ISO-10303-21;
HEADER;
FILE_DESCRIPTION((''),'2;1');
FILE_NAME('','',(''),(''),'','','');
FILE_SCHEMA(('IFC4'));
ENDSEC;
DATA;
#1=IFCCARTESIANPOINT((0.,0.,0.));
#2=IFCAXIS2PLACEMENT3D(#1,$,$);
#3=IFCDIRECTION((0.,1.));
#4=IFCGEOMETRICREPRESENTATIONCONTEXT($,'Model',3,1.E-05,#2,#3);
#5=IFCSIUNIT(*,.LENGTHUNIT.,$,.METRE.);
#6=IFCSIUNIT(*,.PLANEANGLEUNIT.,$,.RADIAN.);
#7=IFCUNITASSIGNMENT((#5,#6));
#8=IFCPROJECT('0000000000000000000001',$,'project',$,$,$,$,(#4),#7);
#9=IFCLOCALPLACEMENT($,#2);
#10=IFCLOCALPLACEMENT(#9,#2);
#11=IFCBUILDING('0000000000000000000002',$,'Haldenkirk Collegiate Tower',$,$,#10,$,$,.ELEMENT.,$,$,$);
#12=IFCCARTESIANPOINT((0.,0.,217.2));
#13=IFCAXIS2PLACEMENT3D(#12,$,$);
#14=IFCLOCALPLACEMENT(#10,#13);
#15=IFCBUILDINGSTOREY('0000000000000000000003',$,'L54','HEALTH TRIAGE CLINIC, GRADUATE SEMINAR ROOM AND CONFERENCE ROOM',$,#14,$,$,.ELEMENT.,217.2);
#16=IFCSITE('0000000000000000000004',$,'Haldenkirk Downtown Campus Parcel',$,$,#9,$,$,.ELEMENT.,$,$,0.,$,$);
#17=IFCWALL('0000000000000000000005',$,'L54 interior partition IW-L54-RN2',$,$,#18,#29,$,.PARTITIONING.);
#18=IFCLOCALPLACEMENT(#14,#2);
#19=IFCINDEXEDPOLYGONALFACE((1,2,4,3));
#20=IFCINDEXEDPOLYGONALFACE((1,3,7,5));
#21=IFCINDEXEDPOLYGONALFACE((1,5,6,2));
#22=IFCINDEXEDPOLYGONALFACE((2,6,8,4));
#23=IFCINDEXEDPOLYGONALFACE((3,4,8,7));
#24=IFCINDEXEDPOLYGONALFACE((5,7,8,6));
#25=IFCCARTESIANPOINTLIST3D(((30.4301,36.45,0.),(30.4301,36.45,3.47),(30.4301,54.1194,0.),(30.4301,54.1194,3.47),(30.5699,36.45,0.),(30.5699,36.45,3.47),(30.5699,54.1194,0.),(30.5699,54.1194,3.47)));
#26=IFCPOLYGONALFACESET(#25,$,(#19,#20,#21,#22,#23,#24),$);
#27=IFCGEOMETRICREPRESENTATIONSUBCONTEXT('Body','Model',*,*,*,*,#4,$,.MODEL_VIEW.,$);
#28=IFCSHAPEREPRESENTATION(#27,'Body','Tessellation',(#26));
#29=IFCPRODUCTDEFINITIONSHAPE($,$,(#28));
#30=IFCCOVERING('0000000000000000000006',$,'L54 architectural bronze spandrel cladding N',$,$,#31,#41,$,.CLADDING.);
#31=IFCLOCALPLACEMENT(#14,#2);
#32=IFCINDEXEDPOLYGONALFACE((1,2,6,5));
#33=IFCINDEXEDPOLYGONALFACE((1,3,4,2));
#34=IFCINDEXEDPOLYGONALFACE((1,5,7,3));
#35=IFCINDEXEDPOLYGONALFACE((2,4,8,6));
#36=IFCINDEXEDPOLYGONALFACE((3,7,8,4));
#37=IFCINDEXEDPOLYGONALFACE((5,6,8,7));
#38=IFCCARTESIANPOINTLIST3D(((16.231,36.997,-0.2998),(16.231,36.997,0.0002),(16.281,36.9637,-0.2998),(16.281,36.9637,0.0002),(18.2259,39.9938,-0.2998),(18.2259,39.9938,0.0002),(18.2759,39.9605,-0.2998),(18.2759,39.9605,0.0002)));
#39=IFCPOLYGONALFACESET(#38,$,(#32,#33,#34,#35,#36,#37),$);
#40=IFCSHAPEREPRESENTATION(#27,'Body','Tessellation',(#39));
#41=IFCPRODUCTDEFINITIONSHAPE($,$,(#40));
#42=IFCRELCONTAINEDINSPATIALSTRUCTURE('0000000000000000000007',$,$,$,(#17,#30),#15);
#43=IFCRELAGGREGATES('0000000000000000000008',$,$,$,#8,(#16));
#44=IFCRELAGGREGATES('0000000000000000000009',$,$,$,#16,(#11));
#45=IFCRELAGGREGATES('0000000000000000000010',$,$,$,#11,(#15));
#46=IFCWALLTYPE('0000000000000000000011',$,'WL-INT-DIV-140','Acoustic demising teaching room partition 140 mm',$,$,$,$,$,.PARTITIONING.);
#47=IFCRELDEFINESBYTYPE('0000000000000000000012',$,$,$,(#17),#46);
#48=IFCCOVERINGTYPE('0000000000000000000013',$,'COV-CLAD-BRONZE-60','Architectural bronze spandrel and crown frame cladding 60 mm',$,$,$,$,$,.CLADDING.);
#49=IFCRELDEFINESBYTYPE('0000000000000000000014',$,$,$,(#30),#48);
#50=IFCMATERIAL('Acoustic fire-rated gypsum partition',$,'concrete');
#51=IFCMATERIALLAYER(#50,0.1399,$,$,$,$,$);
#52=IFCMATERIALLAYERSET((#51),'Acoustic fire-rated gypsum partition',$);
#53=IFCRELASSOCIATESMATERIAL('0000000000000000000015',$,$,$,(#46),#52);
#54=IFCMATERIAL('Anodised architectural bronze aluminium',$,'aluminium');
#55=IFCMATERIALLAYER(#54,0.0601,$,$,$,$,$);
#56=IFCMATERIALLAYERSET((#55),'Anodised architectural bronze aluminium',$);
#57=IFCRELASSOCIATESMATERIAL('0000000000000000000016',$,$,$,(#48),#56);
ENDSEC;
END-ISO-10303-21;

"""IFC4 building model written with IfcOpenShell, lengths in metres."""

from ifc_helpers import new_model, si_unit, direction, frame, frame_2d, origin, origin_2d, place, context, subcontext, project, spatial, rectangle, extrude, source, transform, mapped, material, layer, layer_set, type_object, element, save


model = new_model("IFC4")

# Units and contexts
model_context = context("Model", 3, precision=1e-05, world=origin(), true_north=direction((0.0, 1.0)))
body_context = subcontext(model_context, "Body", "Model", "MODEL_VIEW")
ifc_project = project(units=[si_unit("LENGTHUNIT", "METRE"), si_unit("PLANEANGLEUNIT", "RADIAN")], contexts=[model_context])

# Site, building, storey
site_placement = place(None, origin())
site = spatial("IfcSite", under=ifc_project, at=site_placement, Name="Haldenkirk Downtown Campus Parcel", CompositionType="ELEMENT", RefElevation=0.0)
building_placement = place(site_placement, origin())
building = spatial("IfcBuilding", under=site, at=building_placement, Name="Haldenkirk Collegiate Tower", CompositionType="ELEMENT")
storey_placement = place(building_placement, frame((0.0, 0.0, 217.2)))
storey = spatial("IfcBuildingStorey", under=building, at=storey_placement, Name="L54", Description="HEALTH TRIAGE CLINIC, GRADUATE SEMINAR ROOM AND CONFERENCE ROOM", CompositionType="ELEMENT", Elevation=217.2)

# Shared definitions
ifc_material_1 = material(Name="Anodised architectural bronze aluminium", Category="aluminium")

# Shared definitions
ifc_material_2 = material(Name="Acoustic fire-rated gypsum partition", Category="concrete")

# Wall
ifc_layer_1 = layer(ifc_material_2, 0.1399)
ifc_layer_set_1 = layer_set([ifc_layer_1], Name="Acoustic fire-rated gypsum partition")
wall_type_1 = type_object("IfcWallType", Name="WL-INT-DIV-140", Description="Acoustic demising teaching room partition 140 mm", PredefinedType="PARTITIONING", material=ifc_layer_set_1)
wall_1_placement = place(storey_placement, frame((30.5, 36.45, 0.0), z_axis=(0.0, 0.0, 1.0), x_axis=(0.0, 1.0, 0.0)))
element("IfcWall", 1, at=wall_1_placement, inside=storey, type_object=wall_type_1, Name="L54 interior partition IW-L54-RN2", PredefinedType="PARTITIONING", context=body_context, shape_type="SweptSolid", body=[
    extrude(rectangle(XDim=17.6694, YDim=0.1399, at=frame_2d((8.8347, 0.0))), origin(), (0.0, 0.0, 1.0), 3.47),
])

# Covering
ifc_layer_2 = layer(ifc_material_1, 0.0601)
ifc_layer_set_2 = layer_set([ifc_layer_2], Name="Anodised architectural bronze aluminium")
covering_type = type_object("IfcCoveringType", Name="COV-CLAD-BRONZE-60", Description="Architectural bronze spandrel and crown frame cladding 60 mm", PredefinedType="CLADDING", material=ifc_layer_set_2)
shared_shape_1 = source(origin(), body_context, "Body", "SweptSolid", [
    extrude(rectangle(XDim=3.6001, YDim=0.0601, at=origin_2d()), origin(), (0.0, 0.0, 1.0), 0.3),
])
covering_placement = place(storey_placement, frame((17.2534, 38.4788, -0.2998), z_axis=(0.0, 0.0, 1.0), x_axis=(0.554118, 0.832438, 0.0)))
element("IfcCovering", 2, at=covering_placement, inside=storey, type_object=covering_type, Name="L54 architectural bronze spandrel cladding N", PredefinedType="CLADDING", context=body_context, shape_type="MappedRepresentation", body=[
    mapped(shared_shape_1, transform((0.0, 0.0, 0.0), x_axis=(1.0, 0.0, 0.0), y_axis=(0.0, 1.0, 0.0), z_axis=(0.0, 0.0, 1.0), scale=1.0)),
])

save(model, "model.ifc")
